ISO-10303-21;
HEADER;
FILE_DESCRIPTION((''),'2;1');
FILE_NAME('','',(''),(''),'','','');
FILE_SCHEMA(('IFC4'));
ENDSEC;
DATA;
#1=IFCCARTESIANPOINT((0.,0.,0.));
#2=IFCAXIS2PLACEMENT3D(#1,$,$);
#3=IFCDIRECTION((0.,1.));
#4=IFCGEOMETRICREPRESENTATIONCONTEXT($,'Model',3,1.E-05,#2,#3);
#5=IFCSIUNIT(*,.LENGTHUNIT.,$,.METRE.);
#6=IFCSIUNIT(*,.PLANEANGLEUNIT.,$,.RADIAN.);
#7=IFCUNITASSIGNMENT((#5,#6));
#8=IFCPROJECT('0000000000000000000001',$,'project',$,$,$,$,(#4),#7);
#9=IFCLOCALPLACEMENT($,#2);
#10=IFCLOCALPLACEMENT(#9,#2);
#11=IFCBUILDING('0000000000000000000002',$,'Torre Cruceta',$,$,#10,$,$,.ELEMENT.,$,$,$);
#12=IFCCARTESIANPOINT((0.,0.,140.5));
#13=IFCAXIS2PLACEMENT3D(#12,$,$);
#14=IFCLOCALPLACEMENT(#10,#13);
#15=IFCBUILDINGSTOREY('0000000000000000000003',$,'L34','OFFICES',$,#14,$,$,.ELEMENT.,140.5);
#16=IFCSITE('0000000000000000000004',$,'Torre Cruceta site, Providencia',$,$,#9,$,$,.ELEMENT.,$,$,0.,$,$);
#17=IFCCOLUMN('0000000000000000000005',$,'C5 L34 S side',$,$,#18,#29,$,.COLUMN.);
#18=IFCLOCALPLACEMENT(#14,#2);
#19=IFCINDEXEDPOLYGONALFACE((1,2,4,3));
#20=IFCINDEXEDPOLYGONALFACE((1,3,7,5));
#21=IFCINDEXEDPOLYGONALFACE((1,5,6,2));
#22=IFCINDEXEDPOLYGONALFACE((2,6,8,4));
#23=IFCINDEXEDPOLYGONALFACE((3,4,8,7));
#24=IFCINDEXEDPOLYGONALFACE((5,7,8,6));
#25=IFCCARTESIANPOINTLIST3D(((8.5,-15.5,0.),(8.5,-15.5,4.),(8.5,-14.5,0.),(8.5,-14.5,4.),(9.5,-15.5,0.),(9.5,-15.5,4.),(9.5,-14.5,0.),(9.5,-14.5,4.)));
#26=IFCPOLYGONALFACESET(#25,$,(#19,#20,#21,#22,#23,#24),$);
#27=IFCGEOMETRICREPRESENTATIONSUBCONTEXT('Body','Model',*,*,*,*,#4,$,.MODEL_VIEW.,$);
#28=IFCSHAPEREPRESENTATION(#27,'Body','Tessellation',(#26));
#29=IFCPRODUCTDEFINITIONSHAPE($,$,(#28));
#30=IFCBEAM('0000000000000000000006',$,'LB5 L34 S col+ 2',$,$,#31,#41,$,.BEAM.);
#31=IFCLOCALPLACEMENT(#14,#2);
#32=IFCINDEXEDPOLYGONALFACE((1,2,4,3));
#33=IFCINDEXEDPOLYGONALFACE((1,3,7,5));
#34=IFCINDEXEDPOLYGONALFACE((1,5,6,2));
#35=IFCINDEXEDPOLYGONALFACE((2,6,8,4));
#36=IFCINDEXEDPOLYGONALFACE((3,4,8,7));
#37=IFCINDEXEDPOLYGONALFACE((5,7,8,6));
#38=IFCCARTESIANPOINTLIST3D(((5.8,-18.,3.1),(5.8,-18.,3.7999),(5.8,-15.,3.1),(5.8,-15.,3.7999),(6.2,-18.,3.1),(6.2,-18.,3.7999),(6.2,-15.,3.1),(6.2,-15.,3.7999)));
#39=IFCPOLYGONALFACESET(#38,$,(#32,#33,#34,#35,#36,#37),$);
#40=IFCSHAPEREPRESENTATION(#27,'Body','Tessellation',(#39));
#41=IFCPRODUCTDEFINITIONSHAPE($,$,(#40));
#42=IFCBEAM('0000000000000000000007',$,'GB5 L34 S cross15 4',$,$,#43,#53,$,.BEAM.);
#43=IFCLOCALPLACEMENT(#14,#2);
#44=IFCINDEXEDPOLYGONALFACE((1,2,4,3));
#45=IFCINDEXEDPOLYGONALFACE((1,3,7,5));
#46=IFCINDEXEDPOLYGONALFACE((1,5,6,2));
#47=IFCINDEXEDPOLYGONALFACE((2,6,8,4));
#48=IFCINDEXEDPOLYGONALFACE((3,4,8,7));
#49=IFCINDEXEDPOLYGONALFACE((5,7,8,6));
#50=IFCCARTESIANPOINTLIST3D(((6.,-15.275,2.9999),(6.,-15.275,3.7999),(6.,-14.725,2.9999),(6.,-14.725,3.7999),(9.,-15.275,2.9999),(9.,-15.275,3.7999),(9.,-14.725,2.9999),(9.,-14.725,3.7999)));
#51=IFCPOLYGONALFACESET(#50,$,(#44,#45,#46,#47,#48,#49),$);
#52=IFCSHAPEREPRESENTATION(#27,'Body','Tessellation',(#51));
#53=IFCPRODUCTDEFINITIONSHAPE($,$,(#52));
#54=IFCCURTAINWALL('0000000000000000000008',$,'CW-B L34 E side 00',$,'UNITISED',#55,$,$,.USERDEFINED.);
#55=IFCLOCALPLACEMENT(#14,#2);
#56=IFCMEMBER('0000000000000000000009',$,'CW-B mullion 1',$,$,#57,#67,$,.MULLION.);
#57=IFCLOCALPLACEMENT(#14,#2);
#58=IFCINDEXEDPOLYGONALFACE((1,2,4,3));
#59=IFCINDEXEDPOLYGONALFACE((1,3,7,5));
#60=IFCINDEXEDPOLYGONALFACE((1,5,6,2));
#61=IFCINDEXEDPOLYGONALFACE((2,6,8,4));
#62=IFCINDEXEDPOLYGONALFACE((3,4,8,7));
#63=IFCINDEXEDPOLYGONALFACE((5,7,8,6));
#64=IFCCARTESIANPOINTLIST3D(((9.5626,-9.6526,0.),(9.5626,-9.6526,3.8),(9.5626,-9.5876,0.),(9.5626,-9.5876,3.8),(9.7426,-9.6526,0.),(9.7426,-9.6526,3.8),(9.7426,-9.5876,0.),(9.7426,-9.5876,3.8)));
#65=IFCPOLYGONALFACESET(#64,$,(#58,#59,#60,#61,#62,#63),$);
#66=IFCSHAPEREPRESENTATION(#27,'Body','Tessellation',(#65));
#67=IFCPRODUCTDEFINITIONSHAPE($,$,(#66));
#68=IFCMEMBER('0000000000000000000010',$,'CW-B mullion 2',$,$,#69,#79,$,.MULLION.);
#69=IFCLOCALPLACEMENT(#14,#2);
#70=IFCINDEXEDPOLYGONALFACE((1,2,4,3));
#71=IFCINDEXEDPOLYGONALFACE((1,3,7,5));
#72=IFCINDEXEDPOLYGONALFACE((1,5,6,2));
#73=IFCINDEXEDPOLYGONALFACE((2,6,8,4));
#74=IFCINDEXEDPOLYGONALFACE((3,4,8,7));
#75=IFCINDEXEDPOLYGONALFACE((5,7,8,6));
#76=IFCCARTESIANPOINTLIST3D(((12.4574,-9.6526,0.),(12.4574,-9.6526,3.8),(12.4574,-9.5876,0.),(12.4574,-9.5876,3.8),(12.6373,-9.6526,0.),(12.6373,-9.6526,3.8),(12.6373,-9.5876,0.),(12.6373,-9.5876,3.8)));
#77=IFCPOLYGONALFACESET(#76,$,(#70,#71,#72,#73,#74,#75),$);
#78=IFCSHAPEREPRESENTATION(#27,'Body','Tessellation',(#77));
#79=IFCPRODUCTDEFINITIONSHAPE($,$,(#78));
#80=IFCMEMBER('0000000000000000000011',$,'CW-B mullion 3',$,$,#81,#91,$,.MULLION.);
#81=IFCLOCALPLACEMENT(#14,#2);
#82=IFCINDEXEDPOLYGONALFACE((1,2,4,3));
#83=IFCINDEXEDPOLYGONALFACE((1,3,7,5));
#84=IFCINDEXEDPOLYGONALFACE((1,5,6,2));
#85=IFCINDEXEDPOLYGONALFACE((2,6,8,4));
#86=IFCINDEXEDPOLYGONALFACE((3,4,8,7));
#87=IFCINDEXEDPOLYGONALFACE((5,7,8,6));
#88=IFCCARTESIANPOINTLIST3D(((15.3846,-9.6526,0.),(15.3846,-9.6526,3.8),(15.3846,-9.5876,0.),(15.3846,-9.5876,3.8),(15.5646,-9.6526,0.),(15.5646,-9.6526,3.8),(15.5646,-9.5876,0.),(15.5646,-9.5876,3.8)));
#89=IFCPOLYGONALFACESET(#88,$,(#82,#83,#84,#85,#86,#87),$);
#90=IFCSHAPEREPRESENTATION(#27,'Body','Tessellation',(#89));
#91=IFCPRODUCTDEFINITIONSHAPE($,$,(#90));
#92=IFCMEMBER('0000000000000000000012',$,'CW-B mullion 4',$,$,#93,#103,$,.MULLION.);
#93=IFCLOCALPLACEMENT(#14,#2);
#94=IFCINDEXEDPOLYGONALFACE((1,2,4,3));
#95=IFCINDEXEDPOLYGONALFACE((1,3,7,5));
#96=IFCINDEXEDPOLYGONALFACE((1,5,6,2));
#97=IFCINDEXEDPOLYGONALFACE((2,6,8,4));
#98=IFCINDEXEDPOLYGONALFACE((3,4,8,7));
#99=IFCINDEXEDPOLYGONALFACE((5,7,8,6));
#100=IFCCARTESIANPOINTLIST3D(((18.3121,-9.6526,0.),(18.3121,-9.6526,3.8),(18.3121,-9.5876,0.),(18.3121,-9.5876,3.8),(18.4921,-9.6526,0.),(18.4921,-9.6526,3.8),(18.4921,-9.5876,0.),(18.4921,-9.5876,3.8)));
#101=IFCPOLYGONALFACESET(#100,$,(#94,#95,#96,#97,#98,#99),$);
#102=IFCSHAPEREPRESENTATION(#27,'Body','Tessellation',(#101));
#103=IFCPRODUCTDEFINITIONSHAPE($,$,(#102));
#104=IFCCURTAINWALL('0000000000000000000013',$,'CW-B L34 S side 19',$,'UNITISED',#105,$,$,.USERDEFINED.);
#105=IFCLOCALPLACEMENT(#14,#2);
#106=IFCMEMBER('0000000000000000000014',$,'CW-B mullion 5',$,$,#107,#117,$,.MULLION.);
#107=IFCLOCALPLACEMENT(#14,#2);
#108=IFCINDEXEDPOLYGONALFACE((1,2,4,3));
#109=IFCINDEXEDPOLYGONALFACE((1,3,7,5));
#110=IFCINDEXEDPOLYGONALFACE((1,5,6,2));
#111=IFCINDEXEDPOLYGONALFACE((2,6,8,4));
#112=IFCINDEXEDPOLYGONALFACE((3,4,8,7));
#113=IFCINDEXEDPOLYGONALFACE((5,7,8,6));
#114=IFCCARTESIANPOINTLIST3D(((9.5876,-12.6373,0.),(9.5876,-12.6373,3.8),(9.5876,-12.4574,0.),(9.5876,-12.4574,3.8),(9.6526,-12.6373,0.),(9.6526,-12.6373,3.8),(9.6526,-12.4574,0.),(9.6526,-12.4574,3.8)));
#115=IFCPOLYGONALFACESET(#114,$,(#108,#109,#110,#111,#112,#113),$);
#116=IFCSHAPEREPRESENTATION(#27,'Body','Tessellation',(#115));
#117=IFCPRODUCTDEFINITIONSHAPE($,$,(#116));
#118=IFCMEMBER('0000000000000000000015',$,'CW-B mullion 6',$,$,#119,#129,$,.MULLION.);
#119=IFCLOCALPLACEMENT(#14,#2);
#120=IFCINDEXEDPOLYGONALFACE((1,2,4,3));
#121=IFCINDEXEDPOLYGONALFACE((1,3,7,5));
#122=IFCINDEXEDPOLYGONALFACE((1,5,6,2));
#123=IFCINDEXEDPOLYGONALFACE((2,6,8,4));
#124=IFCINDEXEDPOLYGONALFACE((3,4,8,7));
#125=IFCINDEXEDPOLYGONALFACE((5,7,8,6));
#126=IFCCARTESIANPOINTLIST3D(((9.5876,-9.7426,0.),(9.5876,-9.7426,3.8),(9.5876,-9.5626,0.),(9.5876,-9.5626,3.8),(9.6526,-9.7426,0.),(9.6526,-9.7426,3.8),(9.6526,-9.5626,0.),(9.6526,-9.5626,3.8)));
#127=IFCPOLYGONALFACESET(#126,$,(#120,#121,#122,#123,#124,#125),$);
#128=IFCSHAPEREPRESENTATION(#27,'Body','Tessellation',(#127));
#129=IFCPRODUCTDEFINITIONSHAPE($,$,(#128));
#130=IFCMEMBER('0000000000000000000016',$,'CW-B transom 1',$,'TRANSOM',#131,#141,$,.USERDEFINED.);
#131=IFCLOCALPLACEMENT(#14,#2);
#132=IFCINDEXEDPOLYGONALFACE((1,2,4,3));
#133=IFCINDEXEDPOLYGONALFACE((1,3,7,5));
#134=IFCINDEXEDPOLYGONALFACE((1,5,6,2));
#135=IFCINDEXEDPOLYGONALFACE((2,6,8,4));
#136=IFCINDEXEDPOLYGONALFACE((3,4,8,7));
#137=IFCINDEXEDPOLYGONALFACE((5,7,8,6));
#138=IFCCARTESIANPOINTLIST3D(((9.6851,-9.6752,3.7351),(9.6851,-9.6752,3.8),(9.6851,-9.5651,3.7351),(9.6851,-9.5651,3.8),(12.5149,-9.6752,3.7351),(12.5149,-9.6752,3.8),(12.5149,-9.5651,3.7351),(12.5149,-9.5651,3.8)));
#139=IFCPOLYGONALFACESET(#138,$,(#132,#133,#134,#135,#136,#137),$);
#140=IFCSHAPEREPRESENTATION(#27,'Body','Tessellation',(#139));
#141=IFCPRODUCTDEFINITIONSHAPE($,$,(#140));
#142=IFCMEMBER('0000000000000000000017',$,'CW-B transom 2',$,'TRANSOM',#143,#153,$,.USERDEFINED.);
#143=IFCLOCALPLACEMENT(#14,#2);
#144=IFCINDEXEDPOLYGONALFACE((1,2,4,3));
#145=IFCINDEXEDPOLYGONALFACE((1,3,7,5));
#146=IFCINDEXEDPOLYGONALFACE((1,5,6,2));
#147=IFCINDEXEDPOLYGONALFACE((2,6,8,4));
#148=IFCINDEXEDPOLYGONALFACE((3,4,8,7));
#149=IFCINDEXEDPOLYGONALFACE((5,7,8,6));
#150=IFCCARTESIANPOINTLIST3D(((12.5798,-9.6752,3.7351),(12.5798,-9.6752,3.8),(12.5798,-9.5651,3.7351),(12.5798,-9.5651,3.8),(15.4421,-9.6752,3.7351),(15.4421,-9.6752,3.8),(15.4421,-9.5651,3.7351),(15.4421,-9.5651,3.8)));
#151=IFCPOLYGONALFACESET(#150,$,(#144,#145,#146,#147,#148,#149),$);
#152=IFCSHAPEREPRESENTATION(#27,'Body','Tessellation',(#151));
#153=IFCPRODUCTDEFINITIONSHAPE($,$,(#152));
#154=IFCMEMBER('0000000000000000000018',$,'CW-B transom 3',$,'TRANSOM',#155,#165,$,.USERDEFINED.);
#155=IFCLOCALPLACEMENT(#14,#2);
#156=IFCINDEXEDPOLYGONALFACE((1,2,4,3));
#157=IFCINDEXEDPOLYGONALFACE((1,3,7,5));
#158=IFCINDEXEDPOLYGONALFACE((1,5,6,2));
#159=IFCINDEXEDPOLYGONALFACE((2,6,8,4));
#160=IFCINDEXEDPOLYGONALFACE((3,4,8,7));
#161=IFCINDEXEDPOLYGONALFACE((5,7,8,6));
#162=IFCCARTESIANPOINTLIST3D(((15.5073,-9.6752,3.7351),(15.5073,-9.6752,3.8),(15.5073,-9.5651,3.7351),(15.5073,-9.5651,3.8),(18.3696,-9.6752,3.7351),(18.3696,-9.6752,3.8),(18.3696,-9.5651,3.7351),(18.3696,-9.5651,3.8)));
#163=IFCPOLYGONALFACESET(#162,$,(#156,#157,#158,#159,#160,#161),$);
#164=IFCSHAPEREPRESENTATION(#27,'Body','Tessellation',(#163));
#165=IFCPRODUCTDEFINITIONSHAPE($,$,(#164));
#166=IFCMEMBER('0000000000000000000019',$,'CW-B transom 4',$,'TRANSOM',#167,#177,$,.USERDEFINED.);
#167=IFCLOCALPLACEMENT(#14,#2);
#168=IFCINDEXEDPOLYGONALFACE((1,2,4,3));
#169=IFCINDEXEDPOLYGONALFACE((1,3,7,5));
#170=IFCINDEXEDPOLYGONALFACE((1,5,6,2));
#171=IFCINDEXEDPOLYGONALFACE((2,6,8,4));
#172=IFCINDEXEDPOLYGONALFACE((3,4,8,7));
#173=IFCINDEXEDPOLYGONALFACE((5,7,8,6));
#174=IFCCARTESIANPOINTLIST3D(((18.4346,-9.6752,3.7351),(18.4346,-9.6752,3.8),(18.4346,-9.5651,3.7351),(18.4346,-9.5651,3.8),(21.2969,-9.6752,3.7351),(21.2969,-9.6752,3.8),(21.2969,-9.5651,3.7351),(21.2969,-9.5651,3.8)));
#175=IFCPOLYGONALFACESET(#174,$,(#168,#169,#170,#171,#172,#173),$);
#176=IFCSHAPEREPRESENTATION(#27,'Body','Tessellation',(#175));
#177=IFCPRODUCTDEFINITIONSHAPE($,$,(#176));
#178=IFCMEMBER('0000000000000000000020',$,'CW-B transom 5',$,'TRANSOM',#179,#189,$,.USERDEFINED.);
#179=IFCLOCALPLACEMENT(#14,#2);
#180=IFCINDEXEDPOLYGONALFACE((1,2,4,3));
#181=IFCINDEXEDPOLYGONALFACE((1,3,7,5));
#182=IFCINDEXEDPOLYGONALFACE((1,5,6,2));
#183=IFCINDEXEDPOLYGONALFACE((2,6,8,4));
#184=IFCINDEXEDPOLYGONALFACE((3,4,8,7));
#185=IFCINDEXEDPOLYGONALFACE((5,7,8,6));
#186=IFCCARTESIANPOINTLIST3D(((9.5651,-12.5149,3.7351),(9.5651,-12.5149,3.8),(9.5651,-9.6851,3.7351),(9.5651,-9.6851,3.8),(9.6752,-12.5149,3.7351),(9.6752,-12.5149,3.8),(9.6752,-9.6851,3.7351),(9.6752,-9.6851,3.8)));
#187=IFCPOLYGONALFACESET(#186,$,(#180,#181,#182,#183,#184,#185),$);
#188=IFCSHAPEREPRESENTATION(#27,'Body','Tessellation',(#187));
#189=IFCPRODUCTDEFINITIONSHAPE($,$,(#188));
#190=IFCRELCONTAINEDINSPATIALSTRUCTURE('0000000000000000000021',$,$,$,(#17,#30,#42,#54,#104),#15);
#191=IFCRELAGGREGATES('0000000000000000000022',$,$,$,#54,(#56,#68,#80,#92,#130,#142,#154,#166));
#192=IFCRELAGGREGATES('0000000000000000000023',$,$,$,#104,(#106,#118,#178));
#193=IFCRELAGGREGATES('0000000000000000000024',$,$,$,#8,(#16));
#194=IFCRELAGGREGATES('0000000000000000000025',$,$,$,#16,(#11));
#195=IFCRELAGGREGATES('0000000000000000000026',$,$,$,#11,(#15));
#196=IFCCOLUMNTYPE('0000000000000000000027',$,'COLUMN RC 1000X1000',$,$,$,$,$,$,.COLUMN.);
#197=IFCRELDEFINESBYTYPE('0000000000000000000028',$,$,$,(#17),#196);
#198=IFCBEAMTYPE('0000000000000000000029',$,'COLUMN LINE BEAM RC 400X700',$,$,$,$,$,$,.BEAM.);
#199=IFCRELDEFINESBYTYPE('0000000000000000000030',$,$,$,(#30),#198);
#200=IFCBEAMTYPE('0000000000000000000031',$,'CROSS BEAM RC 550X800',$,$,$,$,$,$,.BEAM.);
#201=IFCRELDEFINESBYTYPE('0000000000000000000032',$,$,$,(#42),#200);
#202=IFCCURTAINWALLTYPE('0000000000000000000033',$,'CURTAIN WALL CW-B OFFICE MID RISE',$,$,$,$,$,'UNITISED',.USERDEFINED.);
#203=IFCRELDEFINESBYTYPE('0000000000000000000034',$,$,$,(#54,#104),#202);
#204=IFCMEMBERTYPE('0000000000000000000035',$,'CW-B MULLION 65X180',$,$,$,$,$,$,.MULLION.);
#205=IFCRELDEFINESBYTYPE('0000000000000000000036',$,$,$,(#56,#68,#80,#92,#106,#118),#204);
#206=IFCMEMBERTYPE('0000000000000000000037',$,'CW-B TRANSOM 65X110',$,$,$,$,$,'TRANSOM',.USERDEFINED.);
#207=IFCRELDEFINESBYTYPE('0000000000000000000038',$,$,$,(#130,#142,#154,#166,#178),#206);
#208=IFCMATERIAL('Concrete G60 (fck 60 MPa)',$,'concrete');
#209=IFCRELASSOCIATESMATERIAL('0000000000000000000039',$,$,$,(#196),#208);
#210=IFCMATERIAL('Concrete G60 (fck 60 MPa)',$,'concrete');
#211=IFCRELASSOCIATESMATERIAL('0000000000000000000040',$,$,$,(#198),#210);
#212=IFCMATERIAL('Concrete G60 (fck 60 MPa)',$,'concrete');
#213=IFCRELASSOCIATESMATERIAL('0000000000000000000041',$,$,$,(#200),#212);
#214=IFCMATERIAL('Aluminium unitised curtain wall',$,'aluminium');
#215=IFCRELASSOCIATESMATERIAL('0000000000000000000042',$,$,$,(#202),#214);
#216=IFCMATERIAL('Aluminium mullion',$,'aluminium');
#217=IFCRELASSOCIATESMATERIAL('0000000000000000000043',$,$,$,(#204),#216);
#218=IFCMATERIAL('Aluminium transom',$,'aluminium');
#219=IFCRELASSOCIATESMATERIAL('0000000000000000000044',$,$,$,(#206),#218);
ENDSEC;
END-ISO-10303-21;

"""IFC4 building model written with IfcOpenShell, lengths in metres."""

from ifc_helpers import new_model, si_unit, direction, frame, origin, origin_2d, place, context, subcontext, project, spatial, rectangle, extrude, material, material_profile, profile_set, type_object, element, aggregate, save


model = new_model("IFC4")

# Units and contexts
model_context = context("Model", 3, precision=1e-05, world=origin(), true_north=direction((0.0, 1.0)))
body_context = subcontext(model_context, "Body", "Model", "MODEL_VIEW")
ifc_project = project(units=[si_unit("LENGTHUNIT", "METRE"), si_unit("PLANEANGLEUNIT", "RADIAN")], contexts=[model_context])

# Site, building, storey
site_placement = place(None, origin())
site = spatial("IfcSite", under=ifc_project, at=site_placement, Name="Torre Cruceta site, Providencia", CompositionType="ELEMENT", RefElevation=0.0)
building_placement = place(site_placement, origin())
building = spatial("IfcBuilding", under=site, at=building_placement, Name="Torre Cruceta", CompositionType="ELEMENT")
storey_placement = place(building_placement, frame((0.0, 0.0, 140.5)))
storey = spatial("IfcBuildingStorey", under=building, at=storey_placement, Name="L34", Description="OFFICES", CompositionType="ELEMENT", Elevation=140.5)

# Column
ifc_material_1 = material(Name="Concrete G60 (fck 60 MPa)", Category="concrete")
ifc_material_profile_1 = material_profile(ifc_material_1, rectangle(XDim=1.0, YDim=1.0, at=origin_2d()), Name="RC 1000X1000")
ifc_profile_set_1 = profile_set([ifc_material_profile_1], Name="Concrete G60 (fck 60 MPa)")
column_type = type_object("IfcColumnType", Name="COLUMN RC 1000X1000", PredefinedType="COLUMN", material=ifc_profile_set_1)
column_placement = place(storey_placement, frame((9.0, -15.0, 0.0), z_axis=(0.0, 0.0, 1.0), x_axis=(1.0, 0.0, 0.0)))
element("IfcColumn", 1, at=column_placement, inside=storey, type_object=column_type, Name="C5 L34 S side", PredefinedType="COLUMN", context=body_context, shape_type="SweptSolid", body=[
    extrude(rectangle(XDim=1.0, YDim=1.0, at=origin_2d()), origin(), (0.0, 0.0, 1.0), 4.0),
])

# Beams
ifc_material_2 = material(Name="Concrete G60 (fck 60 MPa)", Category="concrete")
ifc_material_profile_2 = material_profile(ifc_material_2, rectangle(XDim=0.3999, YDim=0.7, at=origin_2d()), Name="RC 400X700")
ifc_profile_set_2 = profile_set([ifc_material_profile_2], Name="Concrete G60 (fck 60 MPa)")
beam_type_1 = type_object("IfcBeamType", Name="COLUMN LINE BEAM RC 400X700", PredefinedType="BEAM", material=ifc_profile_set_2)
beam_1_placement = place(storey_placement, frame((6.0, -15.0, 3.45), z_axis=(0.0, -1.0, 0.0), x_axis=(1.0, 0.0, 0.0)))
element("IfcBeam", 2, at=beam_1_placement, inside=storey, type_object=beam_type_1, Name="LB5 L34 S col+ 2", PredefinedType="BEAM", context=body_context, shape_type="SweptSolid", body=[
    extrude(rectangle(XDim=0.3999, YDim=0.7, at=origin_2d()), origin(), (0.0, 0.0, 1.0), 3.0),
])
ifc_material_3 = material(Name="Concrete G60 (fck 60 MPa)", Category="concrete")
ifc_material_profile_3 = material_profile(ifc_material_3, rectangle(XDim=0.55, YDim=0.8, at=origin_2d()), Name="RC 550X800")
ifc_profile_set_3 = profile_set([ifc_material_profile_3], Name="Concrete G60 (fck 60 MPa)")
beam_type_2 = type_object("IfcBeamType", Name="CROSS BEAM RC 550X800", PredefinedType="BEAM", material=ifc_profile_set_3)
beam_2_placement = place(storey_placement, frame((6.0, -15.0, 3.3999), z_axis=(1.0, 0.0, 0.0), x_axis=(0.0, 1.0, 0.0)))
element("IfcBeam", 3, at=beam_2_placement, inside=storey, type_object=beam_type_2, Name="GB5 L34 S cross15 4", PredefinedType="BEAM", context=body_context, shape_type="SweptSolid", body=[
    extrude(rectangle(XDim=0.55, YDim=0.8, at=origin_2d()), origin(), (0.0, 0.0, 1.0), 3.0),
])

# Curtain walls, members
ifc_material_4 = material(Name="Aluminium unitised curtain wall", Category="aluminium")
curtain_wall_type = type_object("IfcCurtainWallType", Name="CURTAIN WALL CW-B OFFICE MID RISE", ElementType="UNITISED", PredefinedType="USERDEFINED", material=ifc_material_4)
curtain_wall_1_placement = place(storey_placement, origin())
curtain_wall_1 = element("IfcCurtainWall", 4, at=curtain_wall_1_placement, inside=storey, type_object=curtain_wall_type, Name="CW-B L34 E side 00", ObjectType="UNITISED", PredefinedType="USERDEFINED")
ifc_material_5 = material(Name="Aluminium mullion", Category="aluminium")
ifc_material_profile_4 = material_profile(ifc_material_5, rectangle(XDim=0.0649, YDim=0.1799, at=origin_2d()), Name="AL 65X180")
ifc_profile_set_4 = profile_set([ifc_material_profile_4], Name="Aluminium mullion")
member_type_1 = type_object("IfcMemberType", Name="CW-B MULLION 65X180", PredefinedType="MULLION", material=ifc_profile_set_4)
member_1_placement = place(storey_placement, frame((9.6526, -9.6201, 0.0), z_axis=(0.0, 0.0, 1.0), x_axis=(0.0, 1.0, 0.0)))
member_1 = element("IfcMember", 5, at=member_1_placement, type_object=member_type_1, Name="CW-B mullion 1", PredefinedType="MULLION", context=body_context, shape_type="SweptSolid", body=[
    extrude(rectangle(XDim=0.0649, YDim=0.1799, at=origin_2d()), origin(), (0.0, 0.0, 1.0), 3.8),
])
member_2_placement = place(storey_placement, frame((12.5474, -9.6201, 0.0), z_axis=(0.0, 0.0, 1.0), x_axis=(0.0, 1.0, 0.0)))
member_2 = element("IfcMember", 6, at=member_2_placement, type_object=member_type_1, Name="CW-B mullion 2", PredefinedType="MULLION", context=body_context, shape_type="SweptSolid", body=[
    extrude(rectangle(XDim=0.0649, YDim=0.1799, at=origin_2d()), origin(), (0.0, 0.0, 1.0), 3.8),
])
member_3_placement = place(storey_placement, frame((15.4746, -9.6201, 0.0), z_axis=(0.0, 0.0, 1.0), x_axis=(0.0, 1.0, 0.0)))
member_3 = element("IfcMember", 7, at=member_3_placement, type_object=member_type_1, Name="CW-B mullion 3", PredefinedType="MULLION", context=body_context, shape_type="SweptSolid", body=[
    extrude(rectangle(XDim=0.0649, YDim=0.1799, at=origin_2d()), origin(), (0.0, 0.0, 1.0), 3.8),
])
member_4_placement = place(storey_placement, frame((18.4021, -9.6201, 0.0), z_axis=(0.0, 0.0, 1.0), x_axis=(0.0, 1.0, 0.0)))
member_4 = element("IfcMember", 8, at=member_4_placement, type_object=member_type_1, Name="CW-B mullion 4", PredefinedType="MULLION", context=body_context, shape_type="SweptSolid", body=[
    extrude(rectangle(XDim=0.0649, YDim=0.1799, at=origin_2d()), origin(), (0.0, 0.0, 1.0), 3.8),
])
curtain_wall_2_placement = place(storey_placement, origin())
curtain_wall_2 = element("IfcCurtainWall", 9, at=curtain_wall_2_placement, inside=storey, type_object=curtain_wall_type, Name="CW-B L34 S side 19", ObjectType="UNITISED", PredefinedType="USERDEFINED")
member_5_placement = place(storey_placement, frame((9.6201, -12.5474, 0.0), z_axis=(0.0, 0.0, 1.0), x_axis=(-1.0, 0.0, 0.0)))
member_5 = element("IfcMember", 10, at=member_5_placement, type_object=member_type_1, Name="CW-B mullion 5", PredefinedType="MULLION", context=body_context, shape_type="SweptSolid", body=[
    extrude(rectangle(XDim=0.0649, YDim=0.1799, at=origin_2d()), origin(), (0.0, 0.0, 1.0), 3.8),
])
member_6_placement = place(storey_placement, frame((9.6201, -9.6526, 0.0), z_axis=(0.0, 0.0, 1.0), x_axis=(-1.0, 0.0, 0.0)))
member_6 = element("IfcMember", 11, at=member_6_placement, type_object=member_type_1, Name="CW-B mullion 6", PredefinedType="MULLION", context=body_context, shape_type="SweptSolid", body=[
    extrude(rectangle(XDim=0.0649, YDim=0.1799, at=origin_2d()), origin(), (0.0, 0.0, 1.0), 3.8),
])

# Members
ifc_material_6 = material(Name="Aluminium transom", Category="aluminium")
ifc_material_profile_5 = material_profile(ifc_material_6, rectangle(XDim=0.1101, YDim=0.0649, at=origin_2d()), Name="AL 110X65")
ifc_profile_set_5 = profile_set([ifc_material_profile_5], Name="Aluminium transom")
member_type_2 = type_object("IfcMemberType", Name="CW-B TRANSOM 65X110", ElementType="TRANSOM", PredefinedType="USERDEFINED", material=ifc_profile_set_5)
member_7_placement = place(storey_placement, frame((9.6851, -9.6201, 3.7676), z_axis=(1.0, 0.0, 0.0), x_axis=(0.0, 1.0, 0.0)))
member_7 = element("IfcMember", 12, at=member_7_placement, type_object=member_type_2, Name="CW-B transom 1", ObjectType="TRANSOM", PredefinedType="USERDEFINED", context=body_context, shape_type="SweptSolid", body=[
    extrude(rectangle(XDim=0.1101, YDim=0.0649, at=origin_2d()), origin(), (0.0, 0.0, 1.0), 2.8298),
])
member_8_placement = place(storey_placement, frame((12.5798, -9.6201, 3.7676), z_axis=(1.0, 0.0, 0.0), x_axis=(0.0, 1.0, 0.0)))
member_8 = element("IfcMember", 13, at=member_8_placement, type_object=member_type_2, Name="CW-B transom 2", ObjectType="TRANSOM", PredefinedType="USERDEFINED", context=body_context, shape_type="SweptSolid", body=[
    extrude(rectangle(XDim=0.1101, YDim=0.0649, at=origin_2d()), origin(), (0.0, 0.0, 1.0), 2.8623),
])
member_9_placement = place(storey_placement, frame((15.5073, -9.6201, 3.7676), z_axis=(1.0, 0.0, 0.0), x_axis=(0.0, 1.0, 0.0)))
member_9 = element("IfcMember", 14, at=member_9_placement, type_object=member_type_2, Name="CW-B transom 3", ObjectType="TRANSOM", PredefinedType="USERDEFINED", context=body_context, shape_type="SweptSolid", body=[
    extrude(rectangle(XDim=0.1101, YDim=0.0649, at=origin_2d()), origin(), (0.0, 0.0, 1.0), 2.8623),
])
member_10_placement = place(storey_placement, frame((18.4346, -9.6201, 3.7676), z_axis=(1.0, 0.0, 0.0), x_axis=(0.0, 1.0, 0.0)))
member_10 = element("IfcMember", 15, at=member_10_placement, type_object=member_type_2, Name="CW-B transom 4", ObjectType="TRANSOM", PredefinedType="USERDEFINED", context=body_context, shape_type="SweptSolid", body=[
    extrude(rectangle(XDim=0.1101, YDim=0.0649, at=origin_2d()), origin(), (0.0, 0.0, 1.0), 2.8623),
])
member_11_placement = place(storey_placement, frame((9.6201, -12.5149, 3.7676), z_axis=(0.0, 1.0, 0.0), x_axis=(-1.0, 0.0, 0.0)))
member_11 = element("IfcMember", 16, at=member_11_placement, type_object=member_type_2, Name="CW-B transom 5", ObjectType="TRANSOM", PredefinedType="USERDEFINED", context=body_context, shape_type="SweptSolid", body=[
    extrude(rectangle(XDim=0.1101, YDim=0.0649, at=origin_2d()), origin(), (0.0, 0.0, 1.0), 2.8298),
])

aggregate(curtain_wall_1, [member_1, member_2, member_3, member_4, member_7, member_8, member_9, member_10])
aggregate(curtain_wall_2, [member_5, member_6, member_11])

save(model, "model.ifc")
